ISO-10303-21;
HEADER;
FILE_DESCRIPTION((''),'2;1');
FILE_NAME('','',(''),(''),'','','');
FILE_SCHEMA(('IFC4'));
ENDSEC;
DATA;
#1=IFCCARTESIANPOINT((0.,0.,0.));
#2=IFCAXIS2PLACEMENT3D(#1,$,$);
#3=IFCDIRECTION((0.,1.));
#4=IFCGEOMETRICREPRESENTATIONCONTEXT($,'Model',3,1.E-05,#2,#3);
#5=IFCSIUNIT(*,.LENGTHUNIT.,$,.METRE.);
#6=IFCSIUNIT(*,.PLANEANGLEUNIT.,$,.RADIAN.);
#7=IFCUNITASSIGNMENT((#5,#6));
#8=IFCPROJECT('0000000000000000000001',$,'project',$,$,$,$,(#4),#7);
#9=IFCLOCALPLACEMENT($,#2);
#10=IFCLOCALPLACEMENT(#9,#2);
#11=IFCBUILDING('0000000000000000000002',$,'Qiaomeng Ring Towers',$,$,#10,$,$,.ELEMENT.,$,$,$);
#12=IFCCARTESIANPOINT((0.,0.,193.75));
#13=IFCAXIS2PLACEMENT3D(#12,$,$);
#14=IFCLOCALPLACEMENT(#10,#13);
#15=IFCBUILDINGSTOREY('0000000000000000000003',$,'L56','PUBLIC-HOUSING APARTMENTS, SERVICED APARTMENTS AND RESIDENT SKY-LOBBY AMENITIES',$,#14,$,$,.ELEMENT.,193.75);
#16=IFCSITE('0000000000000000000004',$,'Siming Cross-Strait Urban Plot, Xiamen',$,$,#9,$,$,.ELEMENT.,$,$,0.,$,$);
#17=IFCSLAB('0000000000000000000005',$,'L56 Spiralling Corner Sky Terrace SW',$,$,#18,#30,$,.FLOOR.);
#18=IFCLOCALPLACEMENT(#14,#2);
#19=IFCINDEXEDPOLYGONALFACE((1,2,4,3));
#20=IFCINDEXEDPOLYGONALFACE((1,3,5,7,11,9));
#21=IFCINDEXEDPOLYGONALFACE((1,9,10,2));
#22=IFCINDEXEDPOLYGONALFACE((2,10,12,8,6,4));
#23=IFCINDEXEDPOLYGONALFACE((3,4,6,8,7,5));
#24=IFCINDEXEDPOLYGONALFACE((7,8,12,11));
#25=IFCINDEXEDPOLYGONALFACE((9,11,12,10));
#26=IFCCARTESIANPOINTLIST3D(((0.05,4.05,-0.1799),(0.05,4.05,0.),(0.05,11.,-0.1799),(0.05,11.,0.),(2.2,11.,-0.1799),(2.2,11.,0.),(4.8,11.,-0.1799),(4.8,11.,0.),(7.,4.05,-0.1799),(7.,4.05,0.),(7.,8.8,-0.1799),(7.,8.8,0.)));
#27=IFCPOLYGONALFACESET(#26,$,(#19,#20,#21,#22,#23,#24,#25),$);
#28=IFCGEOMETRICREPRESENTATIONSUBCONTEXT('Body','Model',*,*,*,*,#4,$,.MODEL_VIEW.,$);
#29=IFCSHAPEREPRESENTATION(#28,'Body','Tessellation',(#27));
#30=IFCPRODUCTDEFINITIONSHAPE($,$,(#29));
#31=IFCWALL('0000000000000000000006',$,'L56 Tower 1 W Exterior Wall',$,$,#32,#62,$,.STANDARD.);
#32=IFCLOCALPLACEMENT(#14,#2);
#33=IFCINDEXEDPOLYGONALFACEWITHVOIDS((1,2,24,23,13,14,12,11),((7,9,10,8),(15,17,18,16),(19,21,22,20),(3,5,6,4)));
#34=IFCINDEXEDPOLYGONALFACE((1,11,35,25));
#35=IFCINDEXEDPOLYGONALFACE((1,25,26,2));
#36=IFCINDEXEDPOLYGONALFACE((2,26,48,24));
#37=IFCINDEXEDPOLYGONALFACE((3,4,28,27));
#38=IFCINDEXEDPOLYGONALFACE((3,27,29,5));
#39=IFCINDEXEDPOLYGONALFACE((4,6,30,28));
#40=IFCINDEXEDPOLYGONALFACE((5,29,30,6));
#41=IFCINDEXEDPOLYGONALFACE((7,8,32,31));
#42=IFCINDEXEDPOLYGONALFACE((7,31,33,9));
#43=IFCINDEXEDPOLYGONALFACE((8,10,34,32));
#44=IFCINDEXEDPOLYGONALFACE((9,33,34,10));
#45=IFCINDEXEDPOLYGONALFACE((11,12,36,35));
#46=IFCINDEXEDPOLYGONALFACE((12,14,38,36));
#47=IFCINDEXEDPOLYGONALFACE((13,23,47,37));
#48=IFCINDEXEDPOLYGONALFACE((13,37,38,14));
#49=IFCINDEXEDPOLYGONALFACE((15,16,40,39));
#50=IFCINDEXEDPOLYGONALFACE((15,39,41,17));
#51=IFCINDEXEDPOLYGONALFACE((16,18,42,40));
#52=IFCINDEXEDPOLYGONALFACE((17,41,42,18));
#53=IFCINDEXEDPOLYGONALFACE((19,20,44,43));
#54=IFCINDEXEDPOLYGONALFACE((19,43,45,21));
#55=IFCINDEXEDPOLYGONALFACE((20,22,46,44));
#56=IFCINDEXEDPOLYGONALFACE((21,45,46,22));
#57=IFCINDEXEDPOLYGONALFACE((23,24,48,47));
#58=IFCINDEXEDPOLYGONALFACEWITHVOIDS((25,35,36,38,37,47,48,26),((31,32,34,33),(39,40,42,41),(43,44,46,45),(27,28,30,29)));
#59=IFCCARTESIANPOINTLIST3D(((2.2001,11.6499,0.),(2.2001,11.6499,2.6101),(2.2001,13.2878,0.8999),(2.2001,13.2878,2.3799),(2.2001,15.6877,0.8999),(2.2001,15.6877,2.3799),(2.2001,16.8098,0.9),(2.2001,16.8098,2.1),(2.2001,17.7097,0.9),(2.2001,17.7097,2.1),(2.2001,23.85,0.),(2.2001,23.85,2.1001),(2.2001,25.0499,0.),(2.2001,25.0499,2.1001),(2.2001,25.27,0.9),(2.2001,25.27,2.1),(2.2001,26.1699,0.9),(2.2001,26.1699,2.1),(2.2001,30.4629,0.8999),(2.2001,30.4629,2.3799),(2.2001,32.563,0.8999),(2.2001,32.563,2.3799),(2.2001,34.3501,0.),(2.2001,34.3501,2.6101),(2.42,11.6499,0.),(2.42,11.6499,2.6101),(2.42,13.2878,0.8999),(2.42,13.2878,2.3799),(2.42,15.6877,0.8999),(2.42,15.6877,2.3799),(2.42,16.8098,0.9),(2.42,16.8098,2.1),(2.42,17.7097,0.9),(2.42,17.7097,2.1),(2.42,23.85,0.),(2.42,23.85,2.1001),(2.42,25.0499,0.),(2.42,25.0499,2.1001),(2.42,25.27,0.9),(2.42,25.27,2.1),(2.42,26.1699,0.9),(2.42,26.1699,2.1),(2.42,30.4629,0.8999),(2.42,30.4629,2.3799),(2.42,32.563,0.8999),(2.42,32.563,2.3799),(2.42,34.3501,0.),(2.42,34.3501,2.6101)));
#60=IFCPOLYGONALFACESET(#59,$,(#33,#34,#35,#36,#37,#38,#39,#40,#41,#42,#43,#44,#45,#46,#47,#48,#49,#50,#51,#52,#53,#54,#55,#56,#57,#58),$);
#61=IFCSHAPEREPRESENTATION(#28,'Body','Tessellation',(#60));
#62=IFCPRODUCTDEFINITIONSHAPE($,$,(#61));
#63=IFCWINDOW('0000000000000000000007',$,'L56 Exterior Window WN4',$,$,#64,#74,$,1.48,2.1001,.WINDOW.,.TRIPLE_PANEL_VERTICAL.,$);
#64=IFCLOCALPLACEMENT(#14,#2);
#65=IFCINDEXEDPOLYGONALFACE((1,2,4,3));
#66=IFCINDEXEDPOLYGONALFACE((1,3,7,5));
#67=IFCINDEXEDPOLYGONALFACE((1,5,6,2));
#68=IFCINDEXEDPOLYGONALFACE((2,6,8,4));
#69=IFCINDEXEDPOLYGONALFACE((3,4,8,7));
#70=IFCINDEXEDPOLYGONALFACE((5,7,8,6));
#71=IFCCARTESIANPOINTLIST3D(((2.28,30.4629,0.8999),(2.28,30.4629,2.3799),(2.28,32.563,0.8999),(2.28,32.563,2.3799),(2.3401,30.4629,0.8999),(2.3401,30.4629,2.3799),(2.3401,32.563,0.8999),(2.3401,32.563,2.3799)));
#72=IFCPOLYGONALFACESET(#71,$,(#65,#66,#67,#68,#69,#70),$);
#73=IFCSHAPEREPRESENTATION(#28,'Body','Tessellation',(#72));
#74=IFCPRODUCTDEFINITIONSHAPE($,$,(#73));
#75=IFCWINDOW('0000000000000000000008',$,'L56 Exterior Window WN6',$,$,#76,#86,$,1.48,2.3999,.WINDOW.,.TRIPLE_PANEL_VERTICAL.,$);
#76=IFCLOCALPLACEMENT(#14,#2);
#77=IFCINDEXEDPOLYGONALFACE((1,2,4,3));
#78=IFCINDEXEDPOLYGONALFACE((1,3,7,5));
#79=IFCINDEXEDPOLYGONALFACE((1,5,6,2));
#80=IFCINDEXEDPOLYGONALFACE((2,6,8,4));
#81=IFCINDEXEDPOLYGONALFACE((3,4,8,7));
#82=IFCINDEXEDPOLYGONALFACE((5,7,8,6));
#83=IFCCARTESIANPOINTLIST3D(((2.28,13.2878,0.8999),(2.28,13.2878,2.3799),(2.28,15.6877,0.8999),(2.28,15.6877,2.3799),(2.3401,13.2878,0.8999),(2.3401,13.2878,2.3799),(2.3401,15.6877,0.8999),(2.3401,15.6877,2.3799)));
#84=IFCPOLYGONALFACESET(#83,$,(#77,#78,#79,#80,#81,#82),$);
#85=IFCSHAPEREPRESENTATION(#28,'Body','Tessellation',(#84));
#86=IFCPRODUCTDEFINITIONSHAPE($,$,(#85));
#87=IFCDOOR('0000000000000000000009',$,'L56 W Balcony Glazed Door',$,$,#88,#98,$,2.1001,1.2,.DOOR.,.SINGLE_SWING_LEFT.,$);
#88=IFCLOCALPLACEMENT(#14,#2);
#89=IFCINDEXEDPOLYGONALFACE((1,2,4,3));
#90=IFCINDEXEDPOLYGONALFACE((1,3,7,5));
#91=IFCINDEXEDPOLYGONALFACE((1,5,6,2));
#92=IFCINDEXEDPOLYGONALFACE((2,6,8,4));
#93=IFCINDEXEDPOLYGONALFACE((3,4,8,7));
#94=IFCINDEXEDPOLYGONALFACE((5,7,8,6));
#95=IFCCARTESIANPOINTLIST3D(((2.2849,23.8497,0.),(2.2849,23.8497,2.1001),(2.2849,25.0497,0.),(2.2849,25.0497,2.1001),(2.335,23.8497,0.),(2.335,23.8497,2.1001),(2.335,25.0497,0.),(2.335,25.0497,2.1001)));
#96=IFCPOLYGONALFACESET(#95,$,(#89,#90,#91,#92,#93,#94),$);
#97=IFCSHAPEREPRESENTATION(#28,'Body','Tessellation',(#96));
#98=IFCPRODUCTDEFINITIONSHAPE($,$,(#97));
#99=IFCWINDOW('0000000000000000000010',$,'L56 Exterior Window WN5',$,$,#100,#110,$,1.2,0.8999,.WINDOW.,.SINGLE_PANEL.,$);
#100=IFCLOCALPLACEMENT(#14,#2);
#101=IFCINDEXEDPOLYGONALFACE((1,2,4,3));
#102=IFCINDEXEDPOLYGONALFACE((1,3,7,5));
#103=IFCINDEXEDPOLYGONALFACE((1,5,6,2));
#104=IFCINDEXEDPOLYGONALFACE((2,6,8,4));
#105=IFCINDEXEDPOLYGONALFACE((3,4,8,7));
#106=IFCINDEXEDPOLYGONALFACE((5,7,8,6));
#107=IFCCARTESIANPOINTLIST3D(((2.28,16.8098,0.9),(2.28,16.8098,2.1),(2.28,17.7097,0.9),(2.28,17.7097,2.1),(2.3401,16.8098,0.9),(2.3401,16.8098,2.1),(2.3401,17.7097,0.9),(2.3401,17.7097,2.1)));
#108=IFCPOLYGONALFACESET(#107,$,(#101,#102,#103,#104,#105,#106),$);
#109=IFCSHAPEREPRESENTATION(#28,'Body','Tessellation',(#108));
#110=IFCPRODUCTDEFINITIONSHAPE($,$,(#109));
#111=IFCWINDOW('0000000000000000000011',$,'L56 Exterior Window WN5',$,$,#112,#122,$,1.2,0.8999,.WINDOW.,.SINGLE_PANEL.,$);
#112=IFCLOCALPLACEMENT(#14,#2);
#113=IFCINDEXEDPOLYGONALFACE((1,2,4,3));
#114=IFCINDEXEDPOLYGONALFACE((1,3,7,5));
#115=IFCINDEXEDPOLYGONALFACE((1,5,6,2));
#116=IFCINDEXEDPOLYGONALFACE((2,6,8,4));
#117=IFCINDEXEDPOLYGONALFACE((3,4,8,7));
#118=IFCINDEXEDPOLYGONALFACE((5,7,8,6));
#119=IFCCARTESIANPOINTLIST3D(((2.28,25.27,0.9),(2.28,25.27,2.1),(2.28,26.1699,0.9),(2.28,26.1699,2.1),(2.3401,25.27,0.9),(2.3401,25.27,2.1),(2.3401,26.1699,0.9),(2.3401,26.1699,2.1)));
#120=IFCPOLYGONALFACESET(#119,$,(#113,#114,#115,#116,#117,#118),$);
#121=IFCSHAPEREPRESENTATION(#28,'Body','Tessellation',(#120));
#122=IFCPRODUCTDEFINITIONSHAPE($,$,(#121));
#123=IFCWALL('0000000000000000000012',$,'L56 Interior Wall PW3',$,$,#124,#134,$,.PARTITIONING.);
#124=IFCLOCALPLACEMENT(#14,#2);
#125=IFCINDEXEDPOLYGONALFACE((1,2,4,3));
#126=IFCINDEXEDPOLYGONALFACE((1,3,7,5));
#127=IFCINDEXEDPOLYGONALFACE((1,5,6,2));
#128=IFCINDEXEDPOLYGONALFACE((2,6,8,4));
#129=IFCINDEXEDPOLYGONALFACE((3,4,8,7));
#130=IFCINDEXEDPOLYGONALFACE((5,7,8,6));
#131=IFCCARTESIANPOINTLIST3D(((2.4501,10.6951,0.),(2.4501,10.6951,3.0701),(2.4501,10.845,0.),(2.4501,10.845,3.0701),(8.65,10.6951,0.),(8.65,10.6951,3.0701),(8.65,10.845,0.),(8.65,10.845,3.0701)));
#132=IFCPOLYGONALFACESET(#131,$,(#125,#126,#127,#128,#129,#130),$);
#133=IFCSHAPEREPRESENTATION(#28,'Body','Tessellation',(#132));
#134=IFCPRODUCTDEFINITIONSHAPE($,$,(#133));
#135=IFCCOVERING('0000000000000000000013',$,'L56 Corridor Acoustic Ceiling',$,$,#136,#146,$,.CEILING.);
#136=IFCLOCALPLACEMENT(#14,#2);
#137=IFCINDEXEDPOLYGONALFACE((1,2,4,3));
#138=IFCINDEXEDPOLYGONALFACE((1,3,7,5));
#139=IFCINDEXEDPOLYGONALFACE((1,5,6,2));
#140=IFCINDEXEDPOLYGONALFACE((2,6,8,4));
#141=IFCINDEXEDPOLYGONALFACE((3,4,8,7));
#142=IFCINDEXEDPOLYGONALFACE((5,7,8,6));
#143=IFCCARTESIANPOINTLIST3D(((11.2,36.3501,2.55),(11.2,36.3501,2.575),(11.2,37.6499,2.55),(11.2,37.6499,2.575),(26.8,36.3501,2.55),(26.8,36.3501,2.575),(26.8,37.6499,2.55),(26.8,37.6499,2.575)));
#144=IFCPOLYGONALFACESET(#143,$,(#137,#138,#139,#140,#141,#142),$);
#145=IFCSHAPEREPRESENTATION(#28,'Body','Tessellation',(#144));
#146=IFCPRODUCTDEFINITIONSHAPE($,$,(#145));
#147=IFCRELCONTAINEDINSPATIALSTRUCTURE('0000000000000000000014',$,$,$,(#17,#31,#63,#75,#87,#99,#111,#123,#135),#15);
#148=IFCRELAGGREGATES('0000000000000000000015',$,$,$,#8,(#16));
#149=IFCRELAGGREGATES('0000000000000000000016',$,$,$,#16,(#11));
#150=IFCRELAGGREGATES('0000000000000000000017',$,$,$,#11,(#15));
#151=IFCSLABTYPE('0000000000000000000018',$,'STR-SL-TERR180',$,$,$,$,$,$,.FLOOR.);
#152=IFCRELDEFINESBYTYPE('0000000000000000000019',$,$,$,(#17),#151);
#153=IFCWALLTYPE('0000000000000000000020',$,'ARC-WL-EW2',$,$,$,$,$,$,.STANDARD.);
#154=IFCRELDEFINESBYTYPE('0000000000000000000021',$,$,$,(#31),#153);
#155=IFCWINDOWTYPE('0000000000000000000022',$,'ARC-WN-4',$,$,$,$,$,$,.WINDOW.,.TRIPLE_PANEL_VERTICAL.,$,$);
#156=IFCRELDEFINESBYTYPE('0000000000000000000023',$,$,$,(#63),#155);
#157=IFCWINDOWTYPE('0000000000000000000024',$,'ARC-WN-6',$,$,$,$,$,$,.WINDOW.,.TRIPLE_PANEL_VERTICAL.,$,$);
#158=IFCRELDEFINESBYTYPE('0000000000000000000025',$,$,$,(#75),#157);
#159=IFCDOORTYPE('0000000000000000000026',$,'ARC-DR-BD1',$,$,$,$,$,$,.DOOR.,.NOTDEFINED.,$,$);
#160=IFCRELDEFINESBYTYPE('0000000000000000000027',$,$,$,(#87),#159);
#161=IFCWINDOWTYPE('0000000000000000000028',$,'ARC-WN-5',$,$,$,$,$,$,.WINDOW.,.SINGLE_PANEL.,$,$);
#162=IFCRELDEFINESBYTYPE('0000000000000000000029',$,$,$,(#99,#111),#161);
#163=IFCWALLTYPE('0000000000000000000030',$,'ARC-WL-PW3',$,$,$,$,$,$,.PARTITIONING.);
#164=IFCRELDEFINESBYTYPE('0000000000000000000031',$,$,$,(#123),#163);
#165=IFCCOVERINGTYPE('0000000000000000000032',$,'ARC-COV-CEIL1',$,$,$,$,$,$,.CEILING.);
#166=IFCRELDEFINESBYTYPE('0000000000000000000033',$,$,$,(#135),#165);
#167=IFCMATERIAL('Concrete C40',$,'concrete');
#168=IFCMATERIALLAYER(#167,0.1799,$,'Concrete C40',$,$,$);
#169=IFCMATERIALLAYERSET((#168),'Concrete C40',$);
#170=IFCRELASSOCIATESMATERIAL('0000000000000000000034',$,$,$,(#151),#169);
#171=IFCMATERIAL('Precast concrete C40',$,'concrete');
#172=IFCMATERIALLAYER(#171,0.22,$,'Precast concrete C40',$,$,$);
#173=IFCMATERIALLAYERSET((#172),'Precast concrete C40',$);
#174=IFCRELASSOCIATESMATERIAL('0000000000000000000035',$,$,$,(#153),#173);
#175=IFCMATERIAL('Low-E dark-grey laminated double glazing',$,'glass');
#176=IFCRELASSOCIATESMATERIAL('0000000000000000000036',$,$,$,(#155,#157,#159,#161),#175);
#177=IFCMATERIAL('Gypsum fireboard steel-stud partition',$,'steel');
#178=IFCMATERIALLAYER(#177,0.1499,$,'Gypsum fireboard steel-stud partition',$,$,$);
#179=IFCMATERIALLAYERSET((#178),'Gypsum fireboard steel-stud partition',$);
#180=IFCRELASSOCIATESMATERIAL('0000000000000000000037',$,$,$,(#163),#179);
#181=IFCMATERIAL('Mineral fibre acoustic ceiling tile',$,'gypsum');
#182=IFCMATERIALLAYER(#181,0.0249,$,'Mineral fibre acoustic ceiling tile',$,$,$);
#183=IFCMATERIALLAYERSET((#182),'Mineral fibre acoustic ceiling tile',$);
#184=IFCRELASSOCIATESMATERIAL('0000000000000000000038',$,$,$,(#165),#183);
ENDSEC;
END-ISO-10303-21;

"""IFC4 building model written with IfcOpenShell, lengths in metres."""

from ifc_helpers import new_model, si_unit, direction, frame, frame_2d, origin, place, context, subcontext, project, spatial, polyline, rectangle, outline, extrude, source, transform, mapped, material, layer, layer_set, type_object, element, fill, save


model = new_model("IFC4")

# Units and contexts
model_context = context("Model", 3, precision=1e-05, world=origin(), true_north=direction((0.0, 1.0)))
body_context = subcontext(model_context, "Body", "Model", "MODEL_VIEW")
ifc_project = project(units=[si_unit("LENGTHUNIT", "METRE"), si_unit("PLANEANGLEUNIT", "RADIAN")], contexts=[model_context])

# Site, building, storey
site_placement = place(None, origin())
site = spatial("IfcSite", under=ifc_project, at=site_placement, Name="Siming Cross-Strait Urban Plot, Xiamen", CompositionType="ELEMENT", RefElevation=0.0)
building_placement = place(site_placement, origin())
building = spatial("IfcBuilding", under=site, at=building_placement, Name="Qiaomeng Ring Towers", CompositionType="ELEMENT")
storey_placement = place(building_placement, frame((0.0, 0.0, 193.75)))
storey = spatial("IfcBuildingStorey", under=building, at=storey_placement, Name="L56", Description="PUBLIC-HOUSING APARTMENTS, SERVICED APARTMENTS AND RESIDENT SKY-LOBBY AMENITIES", CompositionType="ELEMENT", Elevation=193.75)

# Shared definitions
ifc_material_1 = material(Name="Concrete C40", Category="concrete")

# Shared definitions
ifc_material_2 = material(Name="Precast concrete C40", Category="concrete")

# Slab
ifc_layer_1 = layer(ifc_material_1, 0.1799, Name="Concrete C40")
ifc_layer_set_1 = layer_set([ifc_layer_1], Name="Concrete C40")
slab_type_1 = type_object("IfcSlabType", Name="STR-SL-TERR180", PredefinedType="FLOOR", material=ifc_layer_set_1)
slab_1_placement = place(storey_placement, frame((0.0, 0.0, -0.1799)))
element("IfcSlab", 1, at=slab_1_placement, inside=storey, type_object=slab_type_1, Name="L56 Spiralling Corner Sky Terrace SW", PredefinedType="FLOOR", context=body_context, shape_type="SweptSolid", body=[
    extrude(outline(polyline([(7.0, 4.05), (0.05, 4.05), (0.05, 11.0), (2.2, 11.0), (4.8, 11.0), (7.0, 8.8), (7.0, 4.05)])), origin(), (0.0, 0.0, 1.0), 0.1799),
])

# Wall, openings, windows, door
ifc_layer_2 = layer(ifc_material_2, 0.22, Name="Precast concrete C40")
ifc_layer_set_2 = layer_set([ifc_layer_2], Name="Precast concrete C40")
wall_type_1 = type_object("IfcWallType", Name="ARC-WL-EW2", PredefinedType="STANDARD", material=ifc_layer_set_2)
wall_1_placement = place(storey_placement, frame((2.3101, 11.6499, 0.0), z_axis=(0.0, 0.0, 1.0), x_axis=(0.0, 1.0, 0.0)))
wall_1 = element("IfcWall", 2, at=wall_1_placement, inside=storey, type_object=wall_type_1, Name="L56 Tower 1 W Exterior Wall", PredefinedType="STANDARD", context=body_context, shape_type="SweptSolid", body=[
    extrude(rectangle(XDim=22.7002, YDim=0.22, at=frame_2d((11.3501, 0.0))), origin(), (0.0, 0.0, 1.0), 2.6101),
])
opening_1_placement = place(wall_1_placement, frame((12.2, 0.0, 0.0)))
opening_1 = element("IfcOpeningElement", 3, at=opening_1_placement, cuts=wall_1, PredefinedType="OPENING", context=body_context, shape_type="SweptSolid", body=[
    extrude(rectangle(XDim=1.2, YDim=2.1001, at=frame_2d((0.6001, 1.05))), frame((0.0, 0.1199, 0.0), z_axis=(0.0, -1.0, 0.0), x_axis=(1.0, 0.0, 0.0)), (0.0, 0.0, 1.0), 0.24),
])
opening_2_placement = place(wall_1_placement, frame((1.6379, 0.0, 0.8999)))
opening_2 = element("IfcOpeningElement", 4, at=opening_2_placement, cuts=wall_1, PredefinedType="OPENING", context=body_context, shape_type="SweptSolid", body=[
    extrude(rectangle(XDim=2.3999, YDim=1.48, at=frame_2d((1.2, 0.74))), frame((0.0, 0.1199, 0.0), z_axis=(0.0, -1.0, 0.0), x_axis=(1.0, 0.0, 0.0)), (0.0, 0.0, 1.0), 0.24),
])
opening_3_placement = place(wall_1_placement, frame((18.813, 0.0, 0.8999)))
opening_3 = element("IfcOpeningElement", 5, at=opening_3_placement, cuts=wall_1, PredefinedType="OPENING", context=body_context, shape_type="SweptSolid", body=[
    extrude(rectangle(XDim=2.1001, YDim=1.48, at=frame_2d((1.05, 0.74))), frame((0.0, 0.1199, 0.0), z_axis=(0.0, -1.0, 0.0), x_axis=(1.0, 0.0, 0.0)), (0.0, 0.0, 1.0), 0.24),
])
opening_4_placement = place(wall_1_placement, frame((5.1599, 0.0, 0.8999)))
opening_4 = element("IfcOpeningElement", 6, at=opening_4_placement, cuts=wall_1, PredefinedType="OPENING", context=body_context, shape_type="SweptSolid", body=[
    extrude(rectangle(XDim=0.8999, YDim=1.2, at=frame_2d((0.45, 0.6001))), frame((0.0, 0.1199, 0.0), z_axis=(0.0, -1.0, 0.0), x_axis=(1.0, 0.0, 0.0)), (0.0, 0.0, 1.0), 0.24),
])
opening_5_placement = place(wall_1_placement, frame((13.6201, 0.0, 0.8999)))
opening_5 = element("IfcOpeningElement", 7, at=opening_5_placement, cuts=wall_1, PredefinedType="OPENING", context=body_context, shape_type="SweptSolid", body=[
    extrude(rectangle(XDim=0.8999, YDim=1.2, at=frame_2d((0.45, 0.6001))), frame((0.0, 0.1199, 0.0), z_axis=(0.0, -1.0, 0.0), x_axis=(1.0, 0.0, 0.0)), (0.0, 0.0, 1.0), 0.24),
])
ifc_material_3 = material(Name="Low-E dark-grey laminated double glazing", Category="glass")
window_type_1 = type_object("IfcWindowType", Name="ARC-WN-4", PartitioningType="TRIPLE_PANEL_VERTICAL", PredefinedType="WINDOW", material=ifc_material_3)
shared_shape_1 = source(origin(), body_context, "Body", "SweptSolid", [
    extrude(rectangle(XDim=2.1001, YDim=1.48, at=frame_2d((1.05, 0.74))), frame((0.0, 0.03, 0.0), z_axis=(0.0, -1.0, 0.0), x_axis=(1.0, 0.0, 0.0)), (0.0, 0.0, 1.0), 0.0601),
])
window_1_placement = place(opening_3_placement, origin())
window_1 = element("IfcWindow", 8, at=window_1_placement, inside=storey, type_object=window_type_1, Name="L56 Exterior Window WN4", OverallHeight=1.48, OverallWidth=2.1001, PartitioningType="TRIPLE_PANEL_VERTICAL", PredefinedType="WINDOW", context=body_context, shape_type="MappedRepresentation", body=[
    mapped(shared_shape_1, transform((0.0, 0.0, 0.0), x_axis=(1.0, 0.0, 0.0), y_axis=(0.0, 1.0, 0.0), z_axis=(0.0, 0.0, 1.0), scale=1.0)),
])
fill(opening_3, window_1)
window_type_2 = type_object("IfcWindowType", Name="ARC-WN-6", PartitioningType="TRIPLE_PANEL_VERTICAL", PredefinedType="WINDOW", material=ifc_material_3)
shared_shape_2 = source(origin(), body_context, "Body", "SweptSolid", [
    extrude(rectangle(XDim=2.3999, YDim=1.48, at=frame_2d((1.2, 0.74))), frame((0.0, 0.03, 0.0), z_axis=(0.0, -1.0, 0.0), x_axis=(1.0, 0.0, 0.0)), (0.0, 0.0, 1.0), 0.0601),
])
window_2_placement = place(opening_2_placement, origin())
window_2 = element("IfcWindow", 9, at=window_2_placement, inside=storey, type_object=window_type_2, Name="L56 Exterior Window WN6", OverallHeight=1.48, OverallWidth=2.3999, PartitioningType="TRIPLE_PANEL_VERTICAL", PredefinedType="WINDOW", context=body_context, shape_type="MappedRepresentation", body=[
    mapped(shared_shape_2, transform((0.0, 0.0, 0.0), x_axis=(1.0, 0.0, 0.0), y_axis=(0.0, 1.0, 0.0), z_axis=(0.0, 0.0, 1.0), scale=1.0)),
])
fill(opening_2, window_2)
door_type = type_object("IfcDoorType", Name="ARC-DR-BD1", OperationType="NOTDEFINED", PredefinedType="DOOR", material=ifc_material_3)
shared_shape_3 = source(origin(), body_context, "Body", "SweptSolid", [
    extrude(rectangle(XDim=1.2, YDim=2.1001, at=frame_2d((0.6001, 1.05))), frame((0.0, 0.0249, 0.0), z_axis=(0.0, -1.0, 0.0), x_axis=(1.0, 0.0, 0.0)), (0.0, 0.0, 1.0), 0.05),
])
door_placement = place(opening_1_placement, frame((1.2, 0.0, 0.0), z_axis=(0.0, 0.0, 1.0), x_axis=(-1.0, 0.0, 0.0)))
door = element("IfcDoor", 10, at=door_placement, inside=storey, type_object=door_type, Name="L56 W Balcony Glazed Door", OperationType="SINGLE_SWING_LEFT", OverallHeight=2.1001, OverallWidth=1.2, PredefinedType="DOOR", context=body_context, shape_type="MappedRepresentation", body=[
    mapped(shared_shape_3, transform((0.0, 0.0, 0.0), x_axis=(1.0, 0.0, 0.0), y_axis=(0.0, 1.0, 0.0), z_axis=(0.0, 0.0, 1.0), scale=1.0)),
])
fill(opening_1, door)
window_type_3 = type_object("IfcWindowType", Name="ARC-WN-5", PartitioningType="SINGLE_PANEL", PredefinedType="WINDOW", material=ifc_material_3)
shared_shape_4 = source(origin(), body_context, "Body", "SweptSolid", [
    extrude(rectangle(XDim=0.8999, YDim=1.2, at=frame_2d((0.45, 0.6001))), frame((0.0, 0.03, 0.0), z_axis=(0.0, -1.0, 0.0), x_axis=(1.0, 0.0, 0.0)), (0.0, 0.0, 1.0), 0.0601),
])
window_3_placement = place(opening_4_placement, origin())
window_3 = element("IfcWindow", 11, at=window_3_placement, inside=storey, type_object=window_type_3, Name="L56 Exterior Window WN5", OverallHeight=1.2, OverallWidth=0.8999, PartitioningType="SINGLE_PANEL", PredefinedType="WINDOW", context=body_context, shape_type="MappedRepresentation", body=[
    mapped(shared_shape_4, transform((0.0, 0.0, 0.0), x_axis=(1.0, 0.0, 0.0), y_axis=(0.0, 1.0, 0.0), z_axis=(0.0, 0.0, 1.0), scale=1.0)),
])
fill(opening_4, window_3)
window_4_placement = place(opening_5_placement, origin())
window_4 = element("IfcWindow", 12, at=window_4_placement, inside=storey, type_object=window_type_3, Name="L56 Exterior Window WN5", OverallHeight=1.2, OverallWidth=0.8999, PartitioningType="SINGLE_PANEL", PredefinedType="WINDOW", context=body_context, shape_type="MappedRepresentation", body=[
    mapped(shared_shape_4, transform((0.0, 0.0, 0.0), x_axis=(1.0, 0.0, 0.0), y_axis=(0.0, 1.0, 0.0), z_axis=(0.0, 0.0, 1.0), scale=1.0)),
])
fill(opening_5, window_4)

# Wall
ifc_material_4 = material(Name="Gypsum fireboard steel-stud partition", Category="steel")
ifc_layer_3 = layer(ifc_material_4, 0.1499, Name="Gypsum fireboard steel-stud partition")
ifc_layer_set_3 = layer_set([ifc_layer_3], Name="Gypsum fireboard steel-stud partition")
wall_type_2 = type_object("IfcWallType", Name="ARC-WL-PW3", PredefinedType="PARTITIONING", material=ifc_layer_set_3)
wall_2_placement = place(storey_placement, frame((2.45, 10.77, 0.0), z_axis=(0.0, 0.0, 1.0), x_axis=(1.0, 0.0, 0.0)))
element("IfcWall", 13, at=wall_2_placement, inside=storey, type_object=wall_type_2, Name="L56 Interior Wall PW3", PredefinedType="PARTITIONING", context=body_context, shape_type="SweptSolid", body=[
    extrude(rectangle(XDim=6.2, YDim=0.1499, at=frame_2d((3.1001, 0.0))), origin(), (0.0, 0.0, 1.0), 3.0701),
])

# Covering
ifc_material_5 = material(Name="Mineral fibre acoustic ceiling tile", Category="gypsum")
ifc_layer_4 = layer(ifc_material_5, 0.0249, Name="Mineral fibre acoustic ceiling tile")
ifc_layer_set_4 = layer_set([ifc_layer_4], Name="Mineral fibre acoustic ceiling tile")
covering_type_1 = type_object("IfcCoveringType", Name="ARC-COV-CEIL1", PredefinedType="CEILING", material=ifc_layer_set_4)
covering_1_placement = place(storey_placement, frame((0.0, 0.0, 2.55)))
element("IfcCovering", 14, at=covering_1_placement, inside=storey, type_object=covering_type_1, Name="L56 Corridor Acoustic Ceiling", PredefinedType="CEILING", context=body_context, shape_type="SweptSolid", body=[
    extrude(outline(polyline([(11.2, 36.3501), (11.2, 37.6499), (26.8, 37.6499), (26.8, 36.3501), (11.2, 36.3501)])), origin(), (0.0, 0.0, 1.0), 0.0249),
])

save(model, "model.ifc")
